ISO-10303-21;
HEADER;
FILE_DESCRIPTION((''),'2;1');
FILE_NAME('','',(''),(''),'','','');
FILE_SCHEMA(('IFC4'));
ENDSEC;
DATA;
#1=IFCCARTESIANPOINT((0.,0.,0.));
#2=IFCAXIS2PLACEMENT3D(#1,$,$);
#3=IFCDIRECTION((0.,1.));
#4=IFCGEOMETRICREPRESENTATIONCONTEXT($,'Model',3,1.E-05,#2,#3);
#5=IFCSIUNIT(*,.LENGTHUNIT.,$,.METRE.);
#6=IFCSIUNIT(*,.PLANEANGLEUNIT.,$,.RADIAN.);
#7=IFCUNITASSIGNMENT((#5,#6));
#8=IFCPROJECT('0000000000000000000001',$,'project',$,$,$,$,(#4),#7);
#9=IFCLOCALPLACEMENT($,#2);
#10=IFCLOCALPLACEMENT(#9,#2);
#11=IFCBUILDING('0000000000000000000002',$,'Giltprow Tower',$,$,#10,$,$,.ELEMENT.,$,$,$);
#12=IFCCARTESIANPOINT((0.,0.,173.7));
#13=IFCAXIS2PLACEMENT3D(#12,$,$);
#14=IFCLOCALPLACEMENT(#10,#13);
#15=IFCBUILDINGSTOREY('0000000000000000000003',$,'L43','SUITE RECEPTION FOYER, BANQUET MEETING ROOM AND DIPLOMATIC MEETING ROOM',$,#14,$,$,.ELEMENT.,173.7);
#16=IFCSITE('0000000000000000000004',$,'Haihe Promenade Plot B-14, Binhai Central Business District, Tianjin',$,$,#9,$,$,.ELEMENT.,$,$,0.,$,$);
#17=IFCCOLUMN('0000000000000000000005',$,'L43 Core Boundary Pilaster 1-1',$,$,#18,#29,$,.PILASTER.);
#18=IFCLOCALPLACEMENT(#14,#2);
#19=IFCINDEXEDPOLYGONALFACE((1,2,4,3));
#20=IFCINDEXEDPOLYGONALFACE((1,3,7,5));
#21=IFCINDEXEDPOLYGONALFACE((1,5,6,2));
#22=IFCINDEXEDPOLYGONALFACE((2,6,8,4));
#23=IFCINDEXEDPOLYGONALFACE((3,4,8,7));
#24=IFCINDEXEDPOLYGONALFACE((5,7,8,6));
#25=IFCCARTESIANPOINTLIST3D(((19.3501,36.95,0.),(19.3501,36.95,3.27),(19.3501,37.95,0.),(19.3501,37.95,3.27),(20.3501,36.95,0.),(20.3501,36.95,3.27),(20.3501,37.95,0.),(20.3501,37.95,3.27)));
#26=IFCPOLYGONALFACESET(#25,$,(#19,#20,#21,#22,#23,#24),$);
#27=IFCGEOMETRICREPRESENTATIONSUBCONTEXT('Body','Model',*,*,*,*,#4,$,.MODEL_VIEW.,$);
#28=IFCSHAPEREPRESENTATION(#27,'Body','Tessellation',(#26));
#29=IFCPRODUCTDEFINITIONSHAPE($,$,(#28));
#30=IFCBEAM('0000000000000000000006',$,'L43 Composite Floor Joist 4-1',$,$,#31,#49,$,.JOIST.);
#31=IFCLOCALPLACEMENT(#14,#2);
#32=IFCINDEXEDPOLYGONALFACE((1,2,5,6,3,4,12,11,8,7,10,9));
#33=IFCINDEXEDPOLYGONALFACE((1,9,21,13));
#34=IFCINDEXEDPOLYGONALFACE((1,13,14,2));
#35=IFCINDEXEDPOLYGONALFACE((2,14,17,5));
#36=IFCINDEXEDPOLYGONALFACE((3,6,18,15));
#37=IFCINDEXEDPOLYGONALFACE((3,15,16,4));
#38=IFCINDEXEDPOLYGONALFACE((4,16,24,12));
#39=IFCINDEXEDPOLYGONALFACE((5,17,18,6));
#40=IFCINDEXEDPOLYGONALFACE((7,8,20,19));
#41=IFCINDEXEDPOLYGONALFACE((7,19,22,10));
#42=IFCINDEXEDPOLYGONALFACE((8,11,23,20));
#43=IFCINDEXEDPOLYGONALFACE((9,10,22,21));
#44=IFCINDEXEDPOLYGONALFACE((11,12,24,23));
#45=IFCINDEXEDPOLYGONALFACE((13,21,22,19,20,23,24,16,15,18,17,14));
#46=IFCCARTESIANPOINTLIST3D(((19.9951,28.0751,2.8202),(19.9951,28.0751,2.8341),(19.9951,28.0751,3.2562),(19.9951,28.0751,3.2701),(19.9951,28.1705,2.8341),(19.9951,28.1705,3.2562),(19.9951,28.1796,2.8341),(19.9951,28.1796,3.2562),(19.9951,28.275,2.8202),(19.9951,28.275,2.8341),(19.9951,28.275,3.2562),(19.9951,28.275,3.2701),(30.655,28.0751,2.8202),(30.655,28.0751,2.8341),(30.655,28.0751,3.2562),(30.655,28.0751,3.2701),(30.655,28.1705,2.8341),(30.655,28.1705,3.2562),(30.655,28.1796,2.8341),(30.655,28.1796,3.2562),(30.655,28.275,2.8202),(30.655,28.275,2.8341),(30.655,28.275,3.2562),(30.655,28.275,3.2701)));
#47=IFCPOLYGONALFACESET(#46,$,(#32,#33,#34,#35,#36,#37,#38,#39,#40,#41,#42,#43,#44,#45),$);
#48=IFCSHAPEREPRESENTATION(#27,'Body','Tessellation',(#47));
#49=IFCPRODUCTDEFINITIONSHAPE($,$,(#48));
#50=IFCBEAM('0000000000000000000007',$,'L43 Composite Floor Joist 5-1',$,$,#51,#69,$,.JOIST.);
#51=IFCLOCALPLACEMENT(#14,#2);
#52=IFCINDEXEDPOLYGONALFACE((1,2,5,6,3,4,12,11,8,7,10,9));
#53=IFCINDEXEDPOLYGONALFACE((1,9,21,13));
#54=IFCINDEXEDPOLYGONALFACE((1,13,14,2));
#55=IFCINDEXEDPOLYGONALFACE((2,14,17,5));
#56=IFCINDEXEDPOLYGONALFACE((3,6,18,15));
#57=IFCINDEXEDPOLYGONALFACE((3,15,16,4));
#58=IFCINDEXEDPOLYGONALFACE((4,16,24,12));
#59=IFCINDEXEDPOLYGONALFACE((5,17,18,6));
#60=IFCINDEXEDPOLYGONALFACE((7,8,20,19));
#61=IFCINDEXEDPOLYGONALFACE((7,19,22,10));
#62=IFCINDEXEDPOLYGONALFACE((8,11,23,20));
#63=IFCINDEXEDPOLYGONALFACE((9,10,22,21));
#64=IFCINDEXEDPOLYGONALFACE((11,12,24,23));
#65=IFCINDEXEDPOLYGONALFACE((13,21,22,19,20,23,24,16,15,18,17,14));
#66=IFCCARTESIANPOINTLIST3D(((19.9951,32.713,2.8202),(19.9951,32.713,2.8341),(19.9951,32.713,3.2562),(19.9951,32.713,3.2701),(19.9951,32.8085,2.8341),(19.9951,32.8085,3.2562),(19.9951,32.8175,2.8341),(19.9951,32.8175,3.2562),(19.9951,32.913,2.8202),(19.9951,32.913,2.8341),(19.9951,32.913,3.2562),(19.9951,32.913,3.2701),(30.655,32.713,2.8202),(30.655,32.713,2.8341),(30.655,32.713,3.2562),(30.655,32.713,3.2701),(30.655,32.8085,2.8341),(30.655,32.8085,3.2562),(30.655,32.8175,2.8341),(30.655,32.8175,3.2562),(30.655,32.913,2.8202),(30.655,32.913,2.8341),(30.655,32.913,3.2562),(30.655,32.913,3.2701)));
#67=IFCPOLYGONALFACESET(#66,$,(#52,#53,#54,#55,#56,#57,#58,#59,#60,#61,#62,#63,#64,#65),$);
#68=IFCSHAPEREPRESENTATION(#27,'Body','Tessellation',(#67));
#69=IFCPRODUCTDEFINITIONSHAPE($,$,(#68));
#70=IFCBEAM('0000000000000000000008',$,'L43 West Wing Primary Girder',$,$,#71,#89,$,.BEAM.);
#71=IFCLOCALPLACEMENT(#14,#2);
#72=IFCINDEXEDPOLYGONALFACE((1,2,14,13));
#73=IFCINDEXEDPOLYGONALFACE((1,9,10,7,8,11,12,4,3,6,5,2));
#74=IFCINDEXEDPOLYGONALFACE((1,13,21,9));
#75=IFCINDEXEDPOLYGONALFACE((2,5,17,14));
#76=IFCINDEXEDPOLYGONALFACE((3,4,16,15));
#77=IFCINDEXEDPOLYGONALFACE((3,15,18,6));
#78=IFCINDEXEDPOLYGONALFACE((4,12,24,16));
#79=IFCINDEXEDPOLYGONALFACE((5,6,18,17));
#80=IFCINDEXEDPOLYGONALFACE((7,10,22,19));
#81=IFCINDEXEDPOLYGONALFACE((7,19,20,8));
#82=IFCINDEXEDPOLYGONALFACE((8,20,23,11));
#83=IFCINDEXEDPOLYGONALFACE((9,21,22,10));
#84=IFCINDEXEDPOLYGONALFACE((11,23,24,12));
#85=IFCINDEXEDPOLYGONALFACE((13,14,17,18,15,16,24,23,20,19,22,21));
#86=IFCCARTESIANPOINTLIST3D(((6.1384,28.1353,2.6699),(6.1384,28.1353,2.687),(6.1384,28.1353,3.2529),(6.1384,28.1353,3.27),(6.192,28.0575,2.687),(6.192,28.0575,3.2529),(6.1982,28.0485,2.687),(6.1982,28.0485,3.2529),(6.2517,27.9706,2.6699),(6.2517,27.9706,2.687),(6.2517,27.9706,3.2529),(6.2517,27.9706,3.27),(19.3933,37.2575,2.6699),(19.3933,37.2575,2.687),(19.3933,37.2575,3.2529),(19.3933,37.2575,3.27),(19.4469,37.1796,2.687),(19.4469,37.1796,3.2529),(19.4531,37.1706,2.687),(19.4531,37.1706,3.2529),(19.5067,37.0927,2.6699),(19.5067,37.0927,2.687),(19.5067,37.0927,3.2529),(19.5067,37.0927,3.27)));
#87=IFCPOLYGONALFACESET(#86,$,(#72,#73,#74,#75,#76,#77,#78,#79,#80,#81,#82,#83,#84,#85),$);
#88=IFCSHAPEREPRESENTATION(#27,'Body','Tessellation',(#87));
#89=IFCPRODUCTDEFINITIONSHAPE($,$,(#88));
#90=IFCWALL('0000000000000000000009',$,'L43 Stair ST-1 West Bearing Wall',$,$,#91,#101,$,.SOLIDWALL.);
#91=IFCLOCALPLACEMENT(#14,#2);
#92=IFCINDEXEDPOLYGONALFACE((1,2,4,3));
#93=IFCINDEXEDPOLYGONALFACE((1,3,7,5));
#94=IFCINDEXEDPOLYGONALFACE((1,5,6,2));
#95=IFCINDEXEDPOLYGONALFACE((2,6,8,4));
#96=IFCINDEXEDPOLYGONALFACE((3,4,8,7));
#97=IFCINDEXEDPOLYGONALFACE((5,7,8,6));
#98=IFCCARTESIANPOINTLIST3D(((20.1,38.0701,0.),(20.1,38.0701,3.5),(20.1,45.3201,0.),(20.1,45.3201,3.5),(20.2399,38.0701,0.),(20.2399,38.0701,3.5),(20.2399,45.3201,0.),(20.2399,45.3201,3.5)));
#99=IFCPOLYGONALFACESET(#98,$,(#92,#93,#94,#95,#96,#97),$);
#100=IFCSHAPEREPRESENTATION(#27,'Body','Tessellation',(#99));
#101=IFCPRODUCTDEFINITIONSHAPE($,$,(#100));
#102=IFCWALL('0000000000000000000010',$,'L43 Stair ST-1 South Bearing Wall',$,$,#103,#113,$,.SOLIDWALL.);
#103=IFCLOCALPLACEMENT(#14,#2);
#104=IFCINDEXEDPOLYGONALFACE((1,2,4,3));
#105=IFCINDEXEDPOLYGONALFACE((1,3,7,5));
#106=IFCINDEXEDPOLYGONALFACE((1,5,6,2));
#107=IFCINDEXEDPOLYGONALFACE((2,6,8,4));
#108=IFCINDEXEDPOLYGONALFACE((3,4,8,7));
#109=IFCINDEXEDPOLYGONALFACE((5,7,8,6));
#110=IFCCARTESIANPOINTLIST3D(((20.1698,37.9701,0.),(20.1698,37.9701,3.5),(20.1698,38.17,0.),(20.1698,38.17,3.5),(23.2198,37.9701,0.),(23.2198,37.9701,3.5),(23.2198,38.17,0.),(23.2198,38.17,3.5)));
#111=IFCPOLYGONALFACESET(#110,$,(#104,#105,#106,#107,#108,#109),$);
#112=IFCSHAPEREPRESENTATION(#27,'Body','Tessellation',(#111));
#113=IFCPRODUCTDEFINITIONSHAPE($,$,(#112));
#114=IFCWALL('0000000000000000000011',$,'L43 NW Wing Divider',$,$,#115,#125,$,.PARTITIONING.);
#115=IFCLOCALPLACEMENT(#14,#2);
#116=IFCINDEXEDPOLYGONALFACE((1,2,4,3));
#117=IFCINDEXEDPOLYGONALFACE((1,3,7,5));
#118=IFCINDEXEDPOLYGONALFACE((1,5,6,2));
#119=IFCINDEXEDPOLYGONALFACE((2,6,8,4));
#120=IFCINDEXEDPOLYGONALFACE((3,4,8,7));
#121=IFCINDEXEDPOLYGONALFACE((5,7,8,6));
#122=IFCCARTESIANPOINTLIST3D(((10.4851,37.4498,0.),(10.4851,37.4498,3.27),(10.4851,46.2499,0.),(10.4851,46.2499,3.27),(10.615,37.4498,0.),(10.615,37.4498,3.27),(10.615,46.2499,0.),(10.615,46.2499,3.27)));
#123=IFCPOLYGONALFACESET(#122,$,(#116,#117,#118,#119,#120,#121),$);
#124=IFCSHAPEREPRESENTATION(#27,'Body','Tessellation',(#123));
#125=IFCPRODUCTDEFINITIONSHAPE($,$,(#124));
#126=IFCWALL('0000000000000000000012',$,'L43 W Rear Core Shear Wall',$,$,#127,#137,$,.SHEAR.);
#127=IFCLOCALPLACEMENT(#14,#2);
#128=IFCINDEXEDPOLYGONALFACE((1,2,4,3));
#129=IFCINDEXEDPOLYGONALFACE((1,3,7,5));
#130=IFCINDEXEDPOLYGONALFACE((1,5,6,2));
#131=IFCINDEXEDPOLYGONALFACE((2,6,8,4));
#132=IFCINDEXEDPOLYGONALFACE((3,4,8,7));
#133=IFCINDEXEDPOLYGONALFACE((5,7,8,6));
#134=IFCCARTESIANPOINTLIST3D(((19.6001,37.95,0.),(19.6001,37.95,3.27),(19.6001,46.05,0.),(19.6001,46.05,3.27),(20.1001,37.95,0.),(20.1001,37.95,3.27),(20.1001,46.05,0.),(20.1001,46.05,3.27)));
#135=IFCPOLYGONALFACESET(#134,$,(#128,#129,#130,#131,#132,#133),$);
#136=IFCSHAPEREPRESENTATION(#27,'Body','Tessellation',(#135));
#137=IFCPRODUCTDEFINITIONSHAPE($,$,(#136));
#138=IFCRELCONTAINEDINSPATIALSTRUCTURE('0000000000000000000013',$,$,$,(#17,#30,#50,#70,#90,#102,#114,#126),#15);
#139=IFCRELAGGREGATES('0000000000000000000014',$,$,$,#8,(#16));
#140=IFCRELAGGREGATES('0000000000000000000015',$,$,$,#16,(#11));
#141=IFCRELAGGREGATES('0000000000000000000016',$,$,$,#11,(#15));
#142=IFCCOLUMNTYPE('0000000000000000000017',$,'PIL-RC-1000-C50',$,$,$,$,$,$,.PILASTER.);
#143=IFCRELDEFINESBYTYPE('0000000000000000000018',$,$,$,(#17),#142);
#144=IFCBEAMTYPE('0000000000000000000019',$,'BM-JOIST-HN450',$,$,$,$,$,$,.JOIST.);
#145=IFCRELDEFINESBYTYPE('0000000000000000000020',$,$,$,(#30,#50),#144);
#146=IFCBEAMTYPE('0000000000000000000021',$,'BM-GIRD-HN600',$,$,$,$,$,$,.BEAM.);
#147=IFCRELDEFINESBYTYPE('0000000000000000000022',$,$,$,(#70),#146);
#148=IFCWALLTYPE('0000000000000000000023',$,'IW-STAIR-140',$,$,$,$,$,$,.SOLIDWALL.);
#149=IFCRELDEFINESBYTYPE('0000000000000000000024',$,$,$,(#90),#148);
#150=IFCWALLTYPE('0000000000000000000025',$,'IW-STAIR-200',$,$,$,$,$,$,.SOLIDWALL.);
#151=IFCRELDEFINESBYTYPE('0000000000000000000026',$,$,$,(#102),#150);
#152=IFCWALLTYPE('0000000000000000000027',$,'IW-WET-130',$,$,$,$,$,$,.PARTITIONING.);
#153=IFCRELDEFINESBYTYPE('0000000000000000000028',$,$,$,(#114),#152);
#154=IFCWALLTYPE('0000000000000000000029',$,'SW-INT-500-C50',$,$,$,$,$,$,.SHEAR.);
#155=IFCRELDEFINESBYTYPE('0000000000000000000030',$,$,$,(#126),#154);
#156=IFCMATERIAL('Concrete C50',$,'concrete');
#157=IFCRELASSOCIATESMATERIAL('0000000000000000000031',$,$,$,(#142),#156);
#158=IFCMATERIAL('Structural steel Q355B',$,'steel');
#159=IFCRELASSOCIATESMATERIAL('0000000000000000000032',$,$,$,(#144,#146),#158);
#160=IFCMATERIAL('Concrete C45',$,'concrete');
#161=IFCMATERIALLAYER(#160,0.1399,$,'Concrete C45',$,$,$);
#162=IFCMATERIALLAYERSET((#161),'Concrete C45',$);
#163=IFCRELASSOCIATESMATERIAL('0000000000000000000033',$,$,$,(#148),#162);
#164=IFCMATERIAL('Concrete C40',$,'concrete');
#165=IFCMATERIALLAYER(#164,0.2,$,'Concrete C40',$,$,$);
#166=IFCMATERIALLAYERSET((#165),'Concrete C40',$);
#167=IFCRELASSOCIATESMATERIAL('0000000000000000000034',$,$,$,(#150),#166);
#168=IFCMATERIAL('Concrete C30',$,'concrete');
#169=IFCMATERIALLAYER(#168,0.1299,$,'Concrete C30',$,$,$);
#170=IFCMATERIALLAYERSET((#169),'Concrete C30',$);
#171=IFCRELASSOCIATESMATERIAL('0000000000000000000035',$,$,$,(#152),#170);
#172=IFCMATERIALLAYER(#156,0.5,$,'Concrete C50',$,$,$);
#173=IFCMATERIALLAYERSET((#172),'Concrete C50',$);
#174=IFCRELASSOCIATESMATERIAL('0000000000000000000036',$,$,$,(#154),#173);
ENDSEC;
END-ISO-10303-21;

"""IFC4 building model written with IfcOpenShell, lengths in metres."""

from ifc_helpers import new_model, si_unit, direction, frame, frame_2d, origin, origin_2d, place, context, subcontext, project, spatial, rectangle, i_section, extrude, source, transform, mapped, material, layer, layer_set, material_profile, profile_set, type_object, element, save


model = new_model("IFC4")

# Units and contexts
model_context = context("Model", 3, precision=1e-05, world=origin(), true_north=direction((0.0, 1.0)))
body_context = subcontext(model_context, "Body", "Model", "MODEL_VIEW")
ifc_project = project(units=[si_unit("LENGTHUNIT", "METRE"), si_unit("PLANEANGLEUNIT", "RADIAN")], contexts=[model_context])

# Site, building, storey
site_placement = place(None, origin())
site = spatial("IfcSite", under=ifc_project, at=site_placement, Name="Haihe Promenade Plot B-14, Binhai Central Business District, Tianjin", CompositionType="ELEMENT", RefElevation=0.0)
building_placement = place(site_placement, origin())
building = spatial("IfcBuilding", under=site, at=building_placement, Name="Giltprow Tower", CompositionType="ELEMENT")
storey_placement = place(building_placement, frame((0.0, 0.0, 173.7)))
storey = spatial("IfcBuildingStorey", under=building, at=storey_placement, Name="L43", Description="SUITE RECEPTION FOYER, BANQUET MEETING ROOM AND DIPLOMATIC MEETING ROOM", CompositionType="ELEMENT", Elevation=173.7)

# Column
ifc_material_1 = material(Name="Concrete C50", Category="concrete")
ifc_material_profile_1 = material_profile(ifc_material_1, rectangle(XDim=1.0, YDim=1.0, at=origin_2d()), Name="RC 1000x1000")
ifc_profile_set_1 = profile_set([ifc_material_profile_1], Name="Concrete C50")
column_type = type_object("IfcColumnType", Name="PIL-RC-1000-C50", PredefinedType="PILASTER", material=ifc_profile_set_1)
shared_shape_1 = source(origin(), body_context, "Body", "SweptSolid", [
    extrude(rectangle(XDim=1.0, YDim=1.0, at=origin_2d()), origin(), (0.0, 0.0, 1.0), 3.27),
])
column_placement = place(storey_placement, frame((19.8501, 37.45, 0.0), z_axis=(0.0, 0.0, 1.0), x_axis=(1.0, 0.0, 0.0)))
element("IfcColumn", 1, at=column_placement, inside=storey, type_object=column_type, Name="L43 Core Boundary Pilaster 1-1", PredefinedType="PILASTER", context=body_context, shape_type="MappedRepresentation", body=[
    mapped(shared_shape_1, transform((0.0, 0.0, 0.0), x_axis=(1.0, 0.0, 0.0), y_axis=(0.0, 1.0, 0.0), z_axis=(0.0, 0.0, 1.0), scale=1.0)),
])

# Beams
ifc_material_2 = material(Name="Structural steel Q355B", Category="steel")
ifc_material_profile_2 = material_profile(ifc_material_2, i_section(OverallWidth=0.2, OverallDepth=0.45, WebThickness=0.009, FlangeThickness=0.0139, at=origin_2d()), Name="HN 450x200x9x14")
ifc_profile_set_2 = profile_set([ifc_material_profile_2], Name="Structural steel Q355B")
beam_type_1 = type_object("IfcBeamType", Name="BM-JOIST-HN450", PredefinedType="JOIST", material=ifc_profile_set_2)
shared_shape_2 = source(origin(), body_context, "Body", "SweptSolid", [
    extrude(i_section(OverallWidth=0.2, OverallDepth=0.45, WebThickness=0.009, FlangeThickness=0.0139, at=origin_2d()), origin(), (0.0, 0.0, 1.0), 10.6599),
])
for number, where, z_axis, x_axis, name in (
    (2, (19.9951, 28.175, 3.0452), (1.0, 0.0, 0.0), (0.0, 1.0, 0.0), "L43 Composite Floor Joist 4-1"),
    (3, (19.9951, 32.813, 3.0452), (1.0, 0.0, 0.0), (0.0, 1.0, 0.0), "L43 Composite Floor Joist 5-1"),
):
    element("IfcBeam", number, at=place(storey_placement, frame(where, z_axis=z_axis, x_axis=x_axis)), inside=storey, type_object=beam_type_1, Name=name, PredefinedType="JOIST", context=body_context, shape_type="MappedRepresentation", body=[
        mapped(shared_shape_2, transform((0.0, 0.0, 0.0), x_axis=(1.0, 0.0, 0.0), y_axis=(0.0, 1.0, 0.0), z_axis=(0.0, 0.0, 1.0), scale=1.0)),
    ])
ifc_material_profile_3 = material_profile(ifc_material_2, i_section(OverallWidth=0.2, OverallDepth=0.6001, WebThickness=0.011, FlangeThickness=0.0171, at=origin_2d()), Name="HN 600x200x11x17")
ifc_profile_set_3 = profile_set([ifc_material_profile_3], Name="Structural steel Q355B")
beam_type_2 = type_object("IfcBeamType", Name="BM-GIRD-HN600", PredefinedType="BEAM", material=ifc_profile_set_3)
shared_shape_3 = source(origin(), body_context, "Body", "SweptSolid", [
    extrude(i_section(OverallWidth=0.2, OverallDepth=0.6001, WebThickness=0.011, FlangeThickness=0.0171, at=origin_2d()), origin(), (0.0, 0.0, 1.0), 16.0906),
])
beam_placement = place(storey_placement, frame((6.1951, 28.053, 2.97), z_axis=(0.823771, 0.566923, 0.0), x_axis=(-0.566923, 0.823771, 0.0)))
element("IfcBeam", 4, at=beam_placement, inside=storey, type_object=beam_type_2, Name="L43 West Wing Primary Girder", PredefinedType="BEAM", context=body_context, shape_type="MappedRepresentation", body=[
    mapped(shared_shape_3, transform((0.0, 0.0, 0.0), x_axis=(1.0, 0.0, 0.0), y_axis=(0.0, 1.0, 0.0), z_axis=(0.0, 0.0, 1.0), scale=1.0)),
])

# Walls
ifc_material_3 = material(Name="Concrete C45", Category="concrete")
ifc_layer_1 = layer(ifc_material_3, 0.1399, Name="Concrete C45")
ifc_layer_set_1 = layer_set([ifc_layer_1], Name="Concrete C45")
wall_type_1 = type_object("IfcWallType", Name="IW-STAIR-140", PredefinedType="SOLIDWALL", material=ifc_layer_set_1)
wall_1_placement = place(storey_placement, frame((20.1699, 38.0701, 0.0), z_axis=(0.0, 0.0, 1.0), x_axis=(0.0, 1.0, 0.0)))
element("IfcWall", 5, at=wall_1_placement, inside=storey, type_object=wall_type_1, Name="L43 Stair ST-1 West Bearing Wall", PredefinedType="SOLIDWALL", context=body_context, shape_type="SweptSolid", body=[
    extrude(rectangle(XDim=7.25, YDim=0.1399, at=frame_2d((3.625, 0.0))), origin(), (0.0, 0.0, 1.0), 3.5),
])
ifc_material_4 = material(Name="Concrete C40", Category="concrete")
ifc_layer_2 = layer(ifc_material_4, 0.2, Name="Concrete C40")
ifc_layer_set_2 = layer_set([ifc_layer_2], Name="Concrete C40")
wall_type_2 = type_object("IfcWallType", Name="IW-STAIR-200", PredefinedType="SOLIDWALL", material=ifc_layer_set_2)
wall_2_placement = place(storey_placement, frame((20.1699, 38.0701, 0.0), z_axis=(0.0, 0.0, 1.0), x_axis=(1.0, 0.0, 0.0)))
element("IfcWall", 6, at=wall_2_placement, inside=storey, type_object=wall_type_2, Name="L43 Stair ST-1 South Bearing Wall", PredefinedType="SOLIDWALL", context=body_context, shape_type="SweptSolid", body=[
    extrude(rectangle(XDim=3.05, YDim=0.2, at=frame_2d((1.5249, 0.0))), origin(), (0.0, 0.0, 1.0), 3.5),
])
ifc_material_5 = material(Name="Concrete C30", Category="concrete")
ifc_layer_3 = layer(ifc_material_5, 0.1299, Name="Concrete C30")
ifc_layer_set_3 = layer_set([ifc_layer_3], Name="Concrete C30")
wall_type_3 = type_object("IfcWallType", Name="IW-WET-130", PredefinedType="PARTITIONING", material=ifc_layer_set_3)
wall_3_placement = place(storey_placement, frame((10.55, 37.45, 0.0), z_axis=(0.0, 0.0, 1.0), x_axis=(0.0, 1.0, 0.0)))
element("IfcWall", 7, at=wall_3_placement, inside=storey, type_object=wall_type_3, Name="L43 NW Wing Divider", PredefinedType="PARTITIONING", context=body_context, shape_type="SweptSolid", body=[
    extrude(rectangle(XDim=8.8, YDim=0.1299, at=frame_2d((4.3999, 0.0))), origin(), (0.0, 0.0, 1.0), 3.27),
])

# Shared definitions
ifc_layer_4 = layer(ifc_material_1, 0.5, Name="Concrete C50")
ifc_layer_set_4 = layer_set([ifc_layer_4], Name="Concrete C50")
wall_type_4 = type_object("IfcWallType", Name="SW-INT-500-C50", PredefinedType="SHEAR", material=ifc_layer_set_4)

# Wall
wall_4_placement = place(storey_placement, frame((19.8501, 37.95, 0.0), z_axis=(0.0, 0.0, 1.0), x_axis=(0.0, 1.0, 0.0)))
element("IfcWall", 8, at=wall_4_placement, inside=storey, type_object=wall_type_4, Name="L43 W Rear Core Shear Wall", PredefinedType="SHEAR", context=body_context, shape_type="SweptSolid", body=[
    extrude(rectangle(XDim=8.1001, YDim=0.5, at=frame_2d((4.05, 0.0))), origin(), (0.0, 0.0, 1.0), 3.27),
])

save(model, "model.ifc")
